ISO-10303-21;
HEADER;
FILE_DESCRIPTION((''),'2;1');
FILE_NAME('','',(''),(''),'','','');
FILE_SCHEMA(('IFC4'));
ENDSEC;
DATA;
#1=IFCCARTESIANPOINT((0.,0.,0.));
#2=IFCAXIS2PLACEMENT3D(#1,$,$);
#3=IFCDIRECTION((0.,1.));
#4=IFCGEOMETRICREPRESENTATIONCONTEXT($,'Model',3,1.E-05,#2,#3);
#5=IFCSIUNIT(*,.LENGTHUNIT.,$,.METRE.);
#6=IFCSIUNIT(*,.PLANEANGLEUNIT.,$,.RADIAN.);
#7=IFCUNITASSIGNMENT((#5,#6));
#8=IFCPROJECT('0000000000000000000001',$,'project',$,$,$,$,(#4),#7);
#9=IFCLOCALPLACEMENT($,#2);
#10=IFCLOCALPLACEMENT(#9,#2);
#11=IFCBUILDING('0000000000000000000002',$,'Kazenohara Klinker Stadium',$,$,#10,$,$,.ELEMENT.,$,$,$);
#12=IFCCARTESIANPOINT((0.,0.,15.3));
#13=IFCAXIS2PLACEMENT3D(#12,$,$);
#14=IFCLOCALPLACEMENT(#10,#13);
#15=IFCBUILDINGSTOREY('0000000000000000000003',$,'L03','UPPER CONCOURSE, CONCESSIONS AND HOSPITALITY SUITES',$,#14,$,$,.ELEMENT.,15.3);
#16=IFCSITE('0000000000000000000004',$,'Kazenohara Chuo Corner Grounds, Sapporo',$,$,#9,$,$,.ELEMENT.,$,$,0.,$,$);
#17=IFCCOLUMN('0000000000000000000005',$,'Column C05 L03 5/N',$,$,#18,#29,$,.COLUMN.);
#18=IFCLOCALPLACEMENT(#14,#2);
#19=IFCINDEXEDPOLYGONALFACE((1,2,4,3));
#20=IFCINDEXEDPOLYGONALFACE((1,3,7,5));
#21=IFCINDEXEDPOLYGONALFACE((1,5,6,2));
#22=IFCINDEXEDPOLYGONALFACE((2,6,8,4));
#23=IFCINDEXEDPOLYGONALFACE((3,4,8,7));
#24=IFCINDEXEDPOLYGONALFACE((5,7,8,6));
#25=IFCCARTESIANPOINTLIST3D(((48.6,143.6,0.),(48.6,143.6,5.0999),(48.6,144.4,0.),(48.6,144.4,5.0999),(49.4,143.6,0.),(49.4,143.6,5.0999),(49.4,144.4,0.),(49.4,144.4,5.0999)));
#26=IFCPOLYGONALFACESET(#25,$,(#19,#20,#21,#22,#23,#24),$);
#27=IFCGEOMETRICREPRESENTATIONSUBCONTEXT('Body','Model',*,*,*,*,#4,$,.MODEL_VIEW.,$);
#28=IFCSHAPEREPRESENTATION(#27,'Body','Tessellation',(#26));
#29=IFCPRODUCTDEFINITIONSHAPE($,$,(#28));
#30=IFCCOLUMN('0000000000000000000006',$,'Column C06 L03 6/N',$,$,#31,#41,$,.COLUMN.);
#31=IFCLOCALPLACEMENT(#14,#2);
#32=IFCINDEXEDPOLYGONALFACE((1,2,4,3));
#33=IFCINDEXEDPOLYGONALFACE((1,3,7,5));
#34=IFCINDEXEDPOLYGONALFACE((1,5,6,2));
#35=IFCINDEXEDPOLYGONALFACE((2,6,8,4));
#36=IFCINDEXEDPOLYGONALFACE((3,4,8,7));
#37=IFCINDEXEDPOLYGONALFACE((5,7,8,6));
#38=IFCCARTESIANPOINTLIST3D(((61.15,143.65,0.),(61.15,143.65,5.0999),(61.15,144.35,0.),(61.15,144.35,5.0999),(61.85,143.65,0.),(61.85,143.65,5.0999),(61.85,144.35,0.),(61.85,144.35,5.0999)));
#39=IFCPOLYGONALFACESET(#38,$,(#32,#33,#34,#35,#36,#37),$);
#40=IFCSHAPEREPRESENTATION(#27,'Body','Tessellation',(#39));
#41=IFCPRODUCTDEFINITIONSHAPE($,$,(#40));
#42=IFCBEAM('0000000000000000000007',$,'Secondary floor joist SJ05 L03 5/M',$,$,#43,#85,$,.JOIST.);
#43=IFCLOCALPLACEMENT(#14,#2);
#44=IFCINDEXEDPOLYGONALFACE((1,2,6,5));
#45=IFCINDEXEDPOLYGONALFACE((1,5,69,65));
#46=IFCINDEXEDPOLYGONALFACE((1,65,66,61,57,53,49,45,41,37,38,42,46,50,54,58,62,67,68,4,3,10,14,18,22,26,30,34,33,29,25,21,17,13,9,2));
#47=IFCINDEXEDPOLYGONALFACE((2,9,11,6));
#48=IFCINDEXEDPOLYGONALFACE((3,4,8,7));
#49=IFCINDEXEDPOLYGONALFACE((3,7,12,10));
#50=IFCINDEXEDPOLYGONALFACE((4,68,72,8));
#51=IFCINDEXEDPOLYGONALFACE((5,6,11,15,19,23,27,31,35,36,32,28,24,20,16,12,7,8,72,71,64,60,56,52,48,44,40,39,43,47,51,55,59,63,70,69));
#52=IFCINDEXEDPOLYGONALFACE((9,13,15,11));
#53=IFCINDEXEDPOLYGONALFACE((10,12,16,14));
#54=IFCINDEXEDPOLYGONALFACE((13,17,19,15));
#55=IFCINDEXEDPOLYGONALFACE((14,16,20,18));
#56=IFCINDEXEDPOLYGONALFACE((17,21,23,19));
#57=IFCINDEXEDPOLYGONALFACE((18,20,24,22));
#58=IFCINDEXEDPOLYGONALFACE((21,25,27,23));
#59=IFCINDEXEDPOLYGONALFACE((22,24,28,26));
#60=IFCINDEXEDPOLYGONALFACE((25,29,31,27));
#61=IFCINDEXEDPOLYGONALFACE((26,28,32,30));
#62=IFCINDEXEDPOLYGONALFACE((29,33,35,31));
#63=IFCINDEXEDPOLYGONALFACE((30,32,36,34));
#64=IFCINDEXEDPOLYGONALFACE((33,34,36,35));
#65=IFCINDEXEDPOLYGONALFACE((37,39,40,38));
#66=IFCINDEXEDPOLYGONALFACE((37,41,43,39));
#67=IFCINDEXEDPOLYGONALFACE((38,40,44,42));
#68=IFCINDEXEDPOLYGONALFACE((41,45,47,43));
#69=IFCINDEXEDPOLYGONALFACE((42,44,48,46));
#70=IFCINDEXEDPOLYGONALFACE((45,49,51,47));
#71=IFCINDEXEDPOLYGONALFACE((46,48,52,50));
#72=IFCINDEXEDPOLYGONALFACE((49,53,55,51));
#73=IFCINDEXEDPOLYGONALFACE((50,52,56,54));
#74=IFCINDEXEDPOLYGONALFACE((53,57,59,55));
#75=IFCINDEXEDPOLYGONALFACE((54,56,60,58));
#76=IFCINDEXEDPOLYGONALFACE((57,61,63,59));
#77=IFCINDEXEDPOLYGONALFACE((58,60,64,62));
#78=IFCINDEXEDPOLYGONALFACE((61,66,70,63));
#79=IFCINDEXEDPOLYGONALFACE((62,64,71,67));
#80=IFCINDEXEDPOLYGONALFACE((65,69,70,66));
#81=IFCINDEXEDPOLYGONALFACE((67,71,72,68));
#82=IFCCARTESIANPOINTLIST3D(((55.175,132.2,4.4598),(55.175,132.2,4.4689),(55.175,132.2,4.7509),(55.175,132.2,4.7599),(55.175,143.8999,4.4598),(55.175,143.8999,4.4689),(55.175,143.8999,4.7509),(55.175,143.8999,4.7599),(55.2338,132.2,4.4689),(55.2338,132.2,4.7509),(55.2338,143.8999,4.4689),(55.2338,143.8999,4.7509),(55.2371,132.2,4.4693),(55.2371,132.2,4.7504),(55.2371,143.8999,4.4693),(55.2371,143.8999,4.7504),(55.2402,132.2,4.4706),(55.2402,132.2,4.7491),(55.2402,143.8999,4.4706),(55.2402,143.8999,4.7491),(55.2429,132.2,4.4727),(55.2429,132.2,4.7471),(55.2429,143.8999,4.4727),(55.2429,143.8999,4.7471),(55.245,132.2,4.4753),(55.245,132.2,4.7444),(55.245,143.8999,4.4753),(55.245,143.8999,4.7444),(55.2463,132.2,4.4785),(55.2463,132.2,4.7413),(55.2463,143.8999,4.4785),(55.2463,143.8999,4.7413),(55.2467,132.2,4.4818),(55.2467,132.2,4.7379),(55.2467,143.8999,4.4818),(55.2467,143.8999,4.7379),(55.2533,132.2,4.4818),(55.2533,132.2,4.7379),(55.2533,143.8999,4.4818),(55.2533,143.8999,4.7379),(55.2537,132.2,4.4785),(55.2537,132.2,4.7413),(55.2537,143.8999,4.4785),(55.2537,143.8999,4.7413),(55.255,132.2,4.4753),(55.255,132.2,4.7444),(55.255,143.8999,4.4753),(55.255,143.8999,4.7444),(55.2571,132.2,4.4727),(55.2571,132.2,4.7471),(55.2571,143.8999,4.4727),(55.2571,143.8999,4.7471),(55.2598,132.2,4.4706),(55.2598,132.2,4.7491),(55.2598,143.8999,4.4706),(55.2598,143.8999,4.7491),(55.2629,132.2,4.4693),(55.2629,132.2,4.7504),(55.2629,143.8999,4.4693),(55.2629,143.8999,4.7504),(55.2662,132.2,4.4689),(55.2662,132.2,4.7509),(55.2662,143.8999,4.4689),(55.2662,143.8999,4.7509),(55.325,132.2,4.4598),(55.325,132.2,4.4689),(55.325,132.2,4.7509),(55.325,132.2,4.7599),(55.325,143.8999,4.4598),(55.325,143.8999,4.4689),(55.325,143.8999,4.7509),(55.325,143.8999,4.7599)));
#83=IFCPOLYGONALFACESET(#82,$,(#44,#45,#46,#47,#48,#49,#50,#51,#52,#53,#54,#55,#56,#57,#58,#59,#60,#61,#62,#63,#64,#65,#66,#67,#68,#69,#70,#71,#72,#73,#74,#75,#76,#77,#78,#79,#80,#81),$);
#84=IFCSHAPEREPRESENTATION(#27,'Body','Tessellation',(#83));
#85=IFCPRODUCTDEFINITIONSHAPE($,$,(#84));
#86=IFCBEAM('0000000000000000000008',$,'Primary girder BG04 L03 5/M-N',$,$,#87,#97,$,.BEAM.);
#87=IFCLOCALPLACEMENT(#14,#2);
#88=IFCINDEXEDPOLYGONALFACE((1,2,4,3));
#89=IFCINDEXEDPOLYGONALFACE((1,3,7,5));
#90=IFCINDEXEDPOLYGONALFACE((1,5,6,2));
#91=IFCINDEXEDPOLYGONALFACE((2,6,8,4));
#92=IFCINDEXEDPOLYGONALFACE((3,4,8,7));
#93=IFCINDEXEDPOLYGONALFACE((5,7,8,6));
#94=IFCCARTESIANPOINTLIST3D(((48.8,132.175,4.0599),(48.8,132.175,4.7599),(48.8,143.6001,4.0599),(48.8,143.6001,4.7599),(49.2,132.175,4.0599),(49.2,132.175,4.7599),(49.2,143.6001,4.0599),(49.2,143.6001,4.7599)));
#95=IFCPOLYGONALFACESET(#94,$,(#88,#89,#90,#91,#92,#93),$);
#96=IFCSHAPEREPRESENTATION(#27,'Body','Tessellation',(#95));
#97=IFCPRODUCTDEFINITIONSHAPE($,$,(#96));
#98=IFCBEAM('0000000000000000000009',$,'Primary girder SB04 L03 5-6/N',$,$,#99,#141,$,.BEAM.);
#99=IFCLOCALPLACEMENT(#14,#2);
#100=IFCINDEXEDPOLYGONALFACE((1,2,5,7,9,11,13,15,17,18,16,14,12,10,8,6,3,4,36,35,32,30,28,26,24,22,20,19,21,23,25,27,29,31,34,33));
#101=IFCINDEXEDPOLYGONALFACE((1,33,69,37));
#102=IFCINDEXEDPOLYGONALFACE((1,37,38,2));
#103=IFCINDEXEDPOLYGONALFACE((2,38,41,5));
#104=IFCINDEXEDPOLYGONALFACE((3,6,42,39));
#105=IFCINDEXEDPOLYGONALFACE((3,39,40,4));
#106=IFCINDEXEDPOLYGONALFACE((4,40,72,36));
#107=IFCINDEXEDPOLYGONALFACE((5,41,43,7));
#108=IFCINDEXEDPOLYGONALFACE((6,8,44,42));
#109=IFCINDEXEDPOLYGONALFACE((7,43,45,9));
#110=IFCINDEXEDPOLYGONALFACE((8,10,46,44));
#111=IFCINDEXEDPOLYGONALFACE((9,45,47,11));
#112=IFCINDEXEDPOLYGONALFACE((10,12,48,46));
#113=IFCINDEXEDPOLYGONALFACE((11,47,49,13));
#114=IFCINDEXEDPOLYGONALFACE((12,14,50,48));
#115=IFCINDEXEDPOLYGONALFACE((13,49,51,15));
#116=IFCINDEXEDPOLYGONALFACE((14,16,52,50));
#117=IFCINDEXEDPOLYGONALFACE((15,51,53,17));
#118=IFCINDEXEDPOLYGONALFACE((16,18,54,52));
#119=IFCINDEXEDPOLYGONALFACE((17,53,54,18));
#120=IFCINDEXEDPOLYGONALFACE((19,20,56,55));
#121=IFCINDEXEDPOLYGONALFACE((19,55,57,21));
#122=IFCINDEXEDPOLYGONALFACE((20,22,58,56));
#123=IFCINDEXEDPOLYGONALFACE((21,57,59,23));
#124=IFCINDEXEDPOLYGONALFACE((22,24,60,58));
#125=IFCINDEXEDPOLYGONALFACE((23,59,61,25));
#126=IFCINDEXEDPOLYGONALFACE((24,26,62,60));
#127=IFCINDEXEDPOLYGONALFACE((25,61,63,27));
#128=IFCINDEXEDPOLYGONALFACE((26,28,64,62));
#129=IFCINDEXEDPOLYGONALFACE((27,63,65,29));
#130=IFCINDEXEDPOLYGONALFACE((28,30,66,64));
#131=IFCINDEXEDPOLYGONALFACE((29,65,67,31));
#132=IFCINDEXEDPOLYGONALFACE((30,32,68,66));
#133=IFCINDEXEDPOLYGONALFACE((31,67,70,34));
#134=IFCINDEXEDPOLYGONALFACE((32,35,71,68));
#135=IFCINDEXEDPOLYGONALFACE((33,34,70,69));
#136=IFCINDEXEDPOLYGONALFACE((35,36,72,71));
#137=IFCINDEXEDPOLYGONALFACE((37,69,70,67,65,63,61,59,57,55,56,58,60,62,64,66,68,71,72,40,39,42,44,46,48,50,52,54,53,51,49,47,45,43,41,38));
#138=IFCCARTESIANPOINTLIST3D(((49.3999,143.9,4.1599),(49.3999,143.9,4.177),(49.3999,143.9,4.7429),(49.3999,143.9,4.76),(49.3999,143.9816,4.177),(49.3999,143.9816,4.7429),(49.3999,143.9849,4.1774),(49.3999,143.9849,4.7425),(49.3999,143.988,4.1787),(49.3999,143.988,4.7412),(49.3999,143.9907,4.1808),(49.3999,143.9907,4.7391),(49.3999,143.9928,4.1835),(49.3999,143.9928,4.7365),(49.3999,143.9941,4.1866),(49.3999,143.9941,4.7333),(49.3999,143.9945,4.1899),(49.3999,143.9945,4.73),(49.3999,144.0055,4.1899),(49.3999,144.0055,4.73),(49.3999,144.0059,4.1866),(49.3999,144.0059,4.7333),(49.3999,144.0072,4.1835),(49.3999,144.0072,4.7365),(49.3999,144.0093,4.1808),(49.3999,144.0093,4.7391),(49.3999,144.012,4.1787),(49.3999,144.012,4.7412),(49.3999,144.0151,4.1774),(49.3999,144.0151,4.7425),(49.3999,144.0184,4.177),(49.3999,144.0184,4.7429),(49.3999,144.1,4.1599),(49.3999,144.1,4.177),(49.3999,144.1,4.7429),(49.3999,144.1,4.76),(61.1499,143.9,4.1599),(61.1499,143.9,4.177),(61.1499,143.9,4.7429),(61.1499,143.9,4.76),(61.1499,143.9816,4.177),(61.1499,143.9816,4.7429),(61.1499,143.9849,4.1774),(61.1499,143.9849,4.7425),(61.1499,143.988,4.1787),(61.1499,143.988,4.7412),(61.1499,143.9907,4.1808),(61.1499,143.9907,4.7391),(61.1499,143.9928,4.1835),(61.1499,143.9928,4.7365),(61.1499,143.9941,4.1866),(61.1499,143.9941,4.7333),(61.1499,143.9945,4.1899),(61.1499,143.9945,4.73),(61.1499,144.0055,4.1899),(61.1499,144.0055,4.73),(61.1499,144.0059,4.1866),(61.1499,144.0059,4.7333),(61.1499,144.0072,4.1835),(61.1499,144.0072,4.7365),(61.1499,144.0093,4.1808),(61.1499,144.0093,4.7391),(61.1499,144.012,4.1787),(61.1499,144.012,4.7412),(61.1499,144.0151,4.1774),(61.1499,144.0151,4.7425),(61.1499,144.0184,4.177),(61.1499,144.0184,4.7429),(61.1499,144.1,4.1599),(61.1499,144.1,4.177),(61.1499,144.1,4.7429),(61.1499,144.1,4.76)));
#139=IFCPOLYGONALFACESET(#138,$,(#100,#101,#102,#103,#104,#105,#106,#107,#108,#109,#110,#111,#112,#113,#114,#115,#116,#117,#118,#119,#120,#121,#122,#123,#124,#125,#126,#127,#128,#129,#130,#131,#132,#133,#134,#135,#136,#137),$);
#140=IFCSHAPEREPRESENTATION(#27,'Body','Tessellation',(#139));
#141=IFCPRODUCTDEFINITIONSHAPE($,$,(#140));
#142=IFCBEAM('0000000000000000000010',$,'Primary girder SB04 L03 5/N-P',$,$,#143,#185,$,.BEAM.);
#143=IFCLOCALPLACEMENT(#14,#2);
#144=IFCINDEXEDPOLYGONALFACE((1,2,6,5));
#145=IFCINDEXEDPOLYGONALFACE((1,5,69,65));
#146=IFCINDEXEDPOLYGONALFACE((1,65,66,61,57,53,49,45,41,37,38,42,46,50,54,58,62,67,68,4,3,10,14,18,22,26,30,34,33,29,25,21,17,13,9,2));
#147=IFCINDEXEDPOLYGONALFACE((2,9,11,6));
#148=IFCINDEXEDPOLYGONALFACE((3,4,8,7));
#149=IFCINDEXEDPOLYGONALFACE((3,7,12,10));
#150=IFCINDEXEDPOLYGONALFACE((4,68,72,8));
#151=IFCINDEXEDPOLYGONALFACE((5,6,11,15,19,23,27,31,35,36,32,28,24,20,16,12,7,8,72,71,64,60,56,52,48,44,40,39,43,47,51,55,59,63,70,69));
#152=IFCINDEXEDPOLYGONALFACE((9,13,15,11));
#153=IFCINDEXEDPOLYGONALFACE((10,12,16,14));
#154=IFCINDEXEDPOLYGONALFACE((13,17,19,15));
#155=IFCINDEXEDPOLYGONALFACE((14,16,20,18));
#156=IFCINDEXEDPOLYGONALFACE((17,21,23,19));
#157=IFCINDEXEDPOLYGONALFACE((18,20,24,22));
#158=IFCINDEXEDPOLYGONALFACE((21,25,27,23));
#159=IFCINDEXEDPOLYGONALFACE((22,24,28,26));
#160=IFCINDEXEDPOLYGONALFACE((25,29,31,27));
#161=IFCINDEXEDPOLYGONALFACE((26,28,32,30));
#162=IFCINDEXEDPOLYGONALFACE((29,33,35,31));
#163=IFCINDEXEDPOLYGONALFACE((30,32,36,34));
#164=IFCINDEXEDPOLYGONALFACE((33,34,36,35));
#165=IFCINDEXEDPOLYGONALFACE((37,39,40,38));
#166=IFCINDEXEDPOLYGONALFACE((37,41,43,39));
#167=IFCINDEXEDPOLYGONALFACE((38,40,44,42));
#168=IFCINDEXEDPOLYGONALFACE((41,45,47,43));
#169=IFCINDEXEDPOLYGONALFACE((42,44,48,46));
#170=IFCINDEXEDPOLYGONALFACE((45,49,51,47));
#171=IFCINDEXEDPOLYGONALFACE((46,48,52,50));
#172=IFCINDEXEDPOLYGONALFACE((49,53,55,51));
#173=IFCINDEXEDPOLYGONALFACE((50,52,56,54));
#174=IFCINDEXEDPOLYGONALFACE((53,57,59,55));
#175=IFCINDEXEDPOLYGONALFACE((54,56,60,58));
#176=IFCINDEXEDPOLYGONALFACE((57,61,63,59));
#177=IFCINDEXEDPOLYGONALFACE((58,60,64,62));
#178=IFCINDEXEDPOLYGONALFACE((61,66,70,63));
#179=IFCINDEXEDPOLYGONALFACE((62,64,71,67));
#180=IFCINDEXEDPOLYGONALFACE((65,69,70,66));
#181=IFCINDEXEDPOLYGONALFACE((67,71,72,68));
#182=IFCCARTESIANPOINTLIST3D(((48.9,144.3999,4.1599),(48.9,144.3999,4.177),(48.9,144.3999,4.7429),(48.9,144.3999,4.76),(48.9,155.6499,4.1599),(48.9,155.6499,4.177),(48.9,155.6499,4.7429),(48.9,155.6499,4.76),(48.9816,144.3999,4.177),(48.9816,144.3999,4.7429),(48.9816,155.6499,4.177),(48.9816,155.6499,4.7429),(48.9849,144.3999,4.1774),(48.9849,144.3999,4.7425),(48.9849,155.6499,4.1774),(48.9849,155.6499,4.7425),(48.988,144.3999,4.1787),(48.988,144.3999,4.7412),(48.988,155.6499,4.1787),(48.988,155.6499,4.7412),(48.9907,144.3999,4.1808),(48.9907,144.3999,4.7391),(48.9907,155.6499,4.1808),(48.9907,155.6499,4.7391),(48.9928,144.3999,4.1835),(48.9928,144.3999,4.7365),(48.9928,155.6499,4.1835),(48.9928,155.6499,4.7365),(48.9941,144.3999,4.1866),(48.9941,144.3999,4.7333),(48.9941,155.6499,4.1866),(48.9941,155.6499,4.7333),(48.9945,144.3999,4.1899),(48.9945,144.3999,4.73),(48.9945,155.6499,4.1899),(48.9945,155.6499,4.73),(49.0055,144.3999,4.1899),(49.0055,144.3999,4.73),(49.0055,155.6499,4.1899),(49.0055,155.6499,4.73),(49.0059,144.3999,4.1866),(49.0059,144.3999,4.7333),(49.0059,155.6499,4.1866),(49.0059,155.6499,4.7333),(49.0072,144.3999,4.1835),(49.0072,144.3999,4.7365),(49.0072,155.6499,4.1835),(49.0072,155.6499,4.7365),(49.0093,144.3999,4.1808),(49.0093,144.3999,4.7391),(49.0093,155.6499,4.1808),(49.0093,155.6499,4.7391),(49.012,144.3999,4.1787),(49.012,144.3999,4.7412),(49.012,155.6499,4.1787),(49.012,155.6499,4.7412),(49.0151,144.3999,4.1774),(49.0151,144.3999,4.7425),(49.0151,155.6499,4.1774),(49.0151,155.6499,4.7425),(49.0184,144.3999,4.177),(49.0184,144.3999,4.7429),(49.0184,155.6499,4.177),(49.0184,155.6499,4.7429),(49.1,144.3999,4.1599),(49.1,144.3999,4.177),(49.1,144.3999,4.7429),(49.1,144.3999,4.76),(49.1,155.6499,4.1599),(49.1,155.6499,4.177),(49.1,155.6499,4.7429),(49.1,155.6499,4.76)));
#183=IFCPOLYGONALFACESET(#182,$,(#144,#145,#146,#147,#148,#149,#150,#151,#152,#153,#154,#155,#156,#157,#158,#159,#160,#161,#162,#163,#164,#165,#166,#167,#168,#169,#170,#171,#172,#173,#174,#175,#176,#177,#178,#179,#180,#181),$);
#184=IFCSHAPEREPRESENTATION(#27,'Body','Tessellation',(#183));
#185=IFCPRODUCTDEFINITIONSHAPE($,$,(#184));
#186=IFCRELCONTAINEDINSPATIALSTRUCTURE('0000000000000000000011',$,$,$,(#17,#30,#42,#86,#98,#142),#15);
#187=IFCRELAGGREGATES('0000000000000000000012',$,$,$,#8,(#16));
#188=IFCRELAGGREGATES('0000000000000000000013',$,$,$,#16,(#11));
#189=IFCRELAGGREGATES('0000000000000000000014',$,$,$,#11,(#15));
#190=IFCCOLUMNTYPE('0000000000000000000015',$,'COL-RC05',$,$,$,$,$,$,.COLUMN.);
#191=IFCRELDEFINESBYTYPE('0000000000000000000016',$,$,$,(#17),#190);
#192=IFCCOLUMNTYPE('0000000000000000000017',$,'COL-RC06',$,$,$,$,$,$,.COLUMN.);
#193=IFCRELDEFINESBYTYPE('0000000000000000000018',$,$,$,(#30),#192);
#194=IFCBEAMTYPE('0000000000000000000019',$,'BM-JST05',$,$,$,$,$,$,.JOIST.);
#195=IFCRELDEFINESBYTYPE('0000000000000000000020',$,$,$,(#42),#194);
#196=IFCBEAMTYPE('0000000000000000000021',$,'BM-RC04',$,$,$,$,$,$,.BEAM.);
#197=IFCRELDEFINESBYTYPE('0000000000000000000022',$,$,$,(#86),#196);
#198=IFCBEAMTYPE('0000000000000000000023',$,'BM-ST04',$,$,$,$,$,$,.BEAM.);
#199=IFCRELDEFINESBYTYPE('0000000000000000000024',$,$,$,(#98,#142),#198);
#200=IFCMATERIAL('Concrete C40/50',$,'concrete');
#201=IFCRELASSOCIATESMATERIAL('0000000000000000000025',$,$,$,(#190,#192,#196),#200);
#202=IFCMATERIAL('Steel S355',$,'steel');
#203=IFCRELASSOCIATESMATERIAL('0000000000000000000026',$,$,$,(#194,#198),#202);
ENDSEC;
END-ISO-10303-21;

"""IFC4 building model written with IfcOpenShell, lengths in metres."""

from ifc_helpers import new_model, si_unit, direction, frame, origin, origin_2d, place, context, subcontext, project, spatial, rectangle, i_section, extrude, material, material_profile, profile_set, type_object, element, save


model = new_model("IFC4")

# Units and contexts
model_context = context("Model", 3, precision=1e-05, world=origin(), true_north=direction((0.0, 1.0)))
body_context = subcontext(model_context, "Body", "Model", "MODEL_VIEW")
ifc_project = project(units=[si_unit("LENGTHUNIT", "METRE"), si_unit("PLANEANGLEUNIT", "RADIAN")], contexts=[model_context])

# Site, building, storey
site_placement = place(None, origin())
site = spatial("IfcSite", under=ifc_project, at=site_placement, Name="Kazenohara Chuo Corner Grounds, Sapporo", CompositionType="ELEMENT", RefElevation=0.0)
building_placement = place(site_placement, origin())
building = spatial("IfcBuilding", under=site, at=building_placement, Name="Kazenohara Klinker Stadium", CompositionType="ELEMENT")
storey_placement = place(building_placement, frame((0.0, 0.0, 15.3)))
storey = spatial("IfcBuildingStorey", under=building, at=storey_placement, Name="L03", Description="UPPER CONCOURSE, CONCESSIONS AND HOSPITALITY SUITES", CompositionType="ELEMENT", Elevation=15.3)

# Columns
ifc_material_1 = material(Name="Concrete C40/50", Category="concrete")
ifc_material_profile_1 = material_profile(ifc_material_1, rectangle(XDim=0.8, YDim=0.8, at=origin_2d()), Name="RC-COL-800x800")
ifc_profile_set_1 = profile_set([ifc_material_profile_1], Name="Concrete C40/50")
column_type_1 = type_object("IfcColumnType", Name="COL-RC05", PredefinedType="COLUMN", material=ifc_profile_set_1)
column_1_placement = place(storey_placement, frame((49.0, 144.0, 0.0), z_axis=(0.0, 0.0, 1.0), x_axis=(1.0, 0.0, 0.0)))
element("IfcColumn", 1, at=column_1_placement, inside=storey, type_object=column_type_1, Name="Column C05 L03 5/N", PredefinedType="COLUMN", context=body_context, shape_type="SweptSolid", body=[
    extrude(rectangle(XDim=0.8, YDim=0.8, at=origin_2d()), origin(), (0.0, 0.0, 1.0), 5.0999),
])
ifc_material_profile_2 = material_profile(ifc_material_1, rectangle(XDim=0.7, YDim=0.7, at=origin_2d()), Name="RC-COL-700x700")
ifc_profile_set_2 = profile_set([ifc_material_profile_2], Name="Concrete C40/50")
column_type_2 = type_object("IfcColumnType", Name="COL-RC06", PredefinedType="COLUMN", material=ifc_profile_set_2)
column_2_placement = place(storey_placement, frame((61.5, 144.0, 0.0), z_axis=(0.0, 0.0, 1.0), x_axis=(1.0, 0.0, 0.0)))
element("IfcColumn", 2, at=column_2_placement, inside=storey, type_object=column_type_2, Name="Column C06 L03 6/N", PredefinedType="COLUMN", context=body_context, shape_type="SweptSolid", body=[
    extrude(rectangle(XDim=0.7, YDim=0.7, at=origin_2d()), origin(), (0.0, 0.0, 1.0), 5.0999),
])

# Beams
ifc_material_2 = material(Name="Steel S355", Category="steel")
ifc_material_profile_3 = material_profile(ifc_material_2, i_section(OverallWidth=0.1499, OverallDepth=0.3, WebThickness=0.0066, FlangeThickness=0.009, FilletRadius=0.0129, at=origin_2d()), Name="H-300x150x6.5x9")
ifc_profile_set_3 = profile_set([ifc_material_profile_3], Name="Steel S355")
beam_type_1 = type_object("IfcBeamType", Name="BM-JST05", PredefinedType="JOIST", material=ifc_profile_set_3)
beam_1_placement = place(storey_placement, frame((55.25, 132.2, 4.6099), z_axis=(0.0, 1.0, 0.0), x_axis=(-1.0, 0.0, 0.0)))
element("IfcBeam", 3, at=beam_1_placement, inside=storey, type_object=beam_type_1, Name="Secondary floor joist SJ05 L03 5/M", PredefinedType="JOIST", context=body_context, shape_type="SweptSolid", body=[
    extrude(i_section(OverallWidth=0.1499, OverallDepth=0.3, WebThickness=0.0066, FlangeThickness=0.009, FilletRadius=0.0129, at=origin_2d()), origin(), (0.0, 0.0, 1.0), 11.7),
])
ifc_material_profile_4 = material_profile(ifc_material_1, rectangle(XDim=0.3999, YDim=0.7, at=origin_2d()), Name="RC-BM-400x700")
ifc_profile_set_4 = profile_set([ifc_material_profile_4], Name="Concrete C40/50")
beam_type_2 = type_object("IfcBeamType", Name="BM-RC04", PredefinedType="BEAM", material=ifc_profile_set_4)
beam_2_placement = place(storey_placement, frame((49.0, 132.175, 4.4099), z_axis=(0.0, 1.0, 0.0), x_axis=(-1.0, 0.0, 0.0)))
element("IfcBeam", 4, at=beam_2_placement, inside=storey, type_object=beam_type_2, Name="Primary girder BG04 L03 5/M-N", PredefinedType="BEAM", context=body_context, shape_type="SweptSolid", body=[
    extrude(rectangle(XDim=0.3999, YDim=0.7, at=origin_2d()), origin(), (0.0, 0.0, 1.0), 11.425),
])
ifc_material_profile_5 = material_profile(ifc_material_2, i_section(OverallWidth=0.2, OverallDepth=0.6001, WebThickness=0.011, FlangeThickness=0.0171, FilletRadius=0.0129, at=origin_2d()), Name="H-600x200x11x17")
ifc_profile_set_5 = profile_set([ifc_material_profile_5], Name="Steel S355")
beam_type_3 = type_object("IfcBeamType", Name="BM-ST04", PredefinedType="BEAM", material=ifc_profile_set_5)
beam_3_placement = place(storey_placement, frame((49.3999, 144.0, 4.46), z_axis=(1.0, 0.0, 0.0), x_axis=(0.0, 1.0, 0.0)))
element("IfcBeam", 5, at=beam_3_placement, inside=storey, type_object=beam_type_3, Name="Primary girder SB04 L03 5-6/N", PredefinedType="BEAM", context=body_context, shape_type="SweptSolid", body=[
    extrude(i_section(OverallWidth=0.2, OverallDepth=0.6001, WebThickness=0.011, FlangeThickness=0.0171, FilletRadius=0.0129, at=origin_2d()), origin(), (0.0, 0.0, 1.0), 11.75),
])
for number, where, z_axis, x_axis, name in (
    (6, (49.0, 144.3999, 4.46), (0.0, 1.0, 0.0), (-1.0, 0.0, 0.0), "Primary girder SB04 L03 5/N-P"),
):
    element("IfcBeam", number, at=place(storey_placement, frame(where, z_axis=z_axis, x_axis=x_axis)), inside=storey, type_object=beam_type_3, Name=name, PredefinedType="BEAM", context=body_context, shape_type="SweptSolid", body=[
        extrude(i_section(OverallWidth=0.2, OverallDepth=0.6001, WebThickness=0.011, FlangeThickness=0.0171, FilletRadius=0.0129, at=origin_2d()), origin(), (0.0, 0.0, 1.0), 11.25),
    ])

save(model, "model.ifc")
